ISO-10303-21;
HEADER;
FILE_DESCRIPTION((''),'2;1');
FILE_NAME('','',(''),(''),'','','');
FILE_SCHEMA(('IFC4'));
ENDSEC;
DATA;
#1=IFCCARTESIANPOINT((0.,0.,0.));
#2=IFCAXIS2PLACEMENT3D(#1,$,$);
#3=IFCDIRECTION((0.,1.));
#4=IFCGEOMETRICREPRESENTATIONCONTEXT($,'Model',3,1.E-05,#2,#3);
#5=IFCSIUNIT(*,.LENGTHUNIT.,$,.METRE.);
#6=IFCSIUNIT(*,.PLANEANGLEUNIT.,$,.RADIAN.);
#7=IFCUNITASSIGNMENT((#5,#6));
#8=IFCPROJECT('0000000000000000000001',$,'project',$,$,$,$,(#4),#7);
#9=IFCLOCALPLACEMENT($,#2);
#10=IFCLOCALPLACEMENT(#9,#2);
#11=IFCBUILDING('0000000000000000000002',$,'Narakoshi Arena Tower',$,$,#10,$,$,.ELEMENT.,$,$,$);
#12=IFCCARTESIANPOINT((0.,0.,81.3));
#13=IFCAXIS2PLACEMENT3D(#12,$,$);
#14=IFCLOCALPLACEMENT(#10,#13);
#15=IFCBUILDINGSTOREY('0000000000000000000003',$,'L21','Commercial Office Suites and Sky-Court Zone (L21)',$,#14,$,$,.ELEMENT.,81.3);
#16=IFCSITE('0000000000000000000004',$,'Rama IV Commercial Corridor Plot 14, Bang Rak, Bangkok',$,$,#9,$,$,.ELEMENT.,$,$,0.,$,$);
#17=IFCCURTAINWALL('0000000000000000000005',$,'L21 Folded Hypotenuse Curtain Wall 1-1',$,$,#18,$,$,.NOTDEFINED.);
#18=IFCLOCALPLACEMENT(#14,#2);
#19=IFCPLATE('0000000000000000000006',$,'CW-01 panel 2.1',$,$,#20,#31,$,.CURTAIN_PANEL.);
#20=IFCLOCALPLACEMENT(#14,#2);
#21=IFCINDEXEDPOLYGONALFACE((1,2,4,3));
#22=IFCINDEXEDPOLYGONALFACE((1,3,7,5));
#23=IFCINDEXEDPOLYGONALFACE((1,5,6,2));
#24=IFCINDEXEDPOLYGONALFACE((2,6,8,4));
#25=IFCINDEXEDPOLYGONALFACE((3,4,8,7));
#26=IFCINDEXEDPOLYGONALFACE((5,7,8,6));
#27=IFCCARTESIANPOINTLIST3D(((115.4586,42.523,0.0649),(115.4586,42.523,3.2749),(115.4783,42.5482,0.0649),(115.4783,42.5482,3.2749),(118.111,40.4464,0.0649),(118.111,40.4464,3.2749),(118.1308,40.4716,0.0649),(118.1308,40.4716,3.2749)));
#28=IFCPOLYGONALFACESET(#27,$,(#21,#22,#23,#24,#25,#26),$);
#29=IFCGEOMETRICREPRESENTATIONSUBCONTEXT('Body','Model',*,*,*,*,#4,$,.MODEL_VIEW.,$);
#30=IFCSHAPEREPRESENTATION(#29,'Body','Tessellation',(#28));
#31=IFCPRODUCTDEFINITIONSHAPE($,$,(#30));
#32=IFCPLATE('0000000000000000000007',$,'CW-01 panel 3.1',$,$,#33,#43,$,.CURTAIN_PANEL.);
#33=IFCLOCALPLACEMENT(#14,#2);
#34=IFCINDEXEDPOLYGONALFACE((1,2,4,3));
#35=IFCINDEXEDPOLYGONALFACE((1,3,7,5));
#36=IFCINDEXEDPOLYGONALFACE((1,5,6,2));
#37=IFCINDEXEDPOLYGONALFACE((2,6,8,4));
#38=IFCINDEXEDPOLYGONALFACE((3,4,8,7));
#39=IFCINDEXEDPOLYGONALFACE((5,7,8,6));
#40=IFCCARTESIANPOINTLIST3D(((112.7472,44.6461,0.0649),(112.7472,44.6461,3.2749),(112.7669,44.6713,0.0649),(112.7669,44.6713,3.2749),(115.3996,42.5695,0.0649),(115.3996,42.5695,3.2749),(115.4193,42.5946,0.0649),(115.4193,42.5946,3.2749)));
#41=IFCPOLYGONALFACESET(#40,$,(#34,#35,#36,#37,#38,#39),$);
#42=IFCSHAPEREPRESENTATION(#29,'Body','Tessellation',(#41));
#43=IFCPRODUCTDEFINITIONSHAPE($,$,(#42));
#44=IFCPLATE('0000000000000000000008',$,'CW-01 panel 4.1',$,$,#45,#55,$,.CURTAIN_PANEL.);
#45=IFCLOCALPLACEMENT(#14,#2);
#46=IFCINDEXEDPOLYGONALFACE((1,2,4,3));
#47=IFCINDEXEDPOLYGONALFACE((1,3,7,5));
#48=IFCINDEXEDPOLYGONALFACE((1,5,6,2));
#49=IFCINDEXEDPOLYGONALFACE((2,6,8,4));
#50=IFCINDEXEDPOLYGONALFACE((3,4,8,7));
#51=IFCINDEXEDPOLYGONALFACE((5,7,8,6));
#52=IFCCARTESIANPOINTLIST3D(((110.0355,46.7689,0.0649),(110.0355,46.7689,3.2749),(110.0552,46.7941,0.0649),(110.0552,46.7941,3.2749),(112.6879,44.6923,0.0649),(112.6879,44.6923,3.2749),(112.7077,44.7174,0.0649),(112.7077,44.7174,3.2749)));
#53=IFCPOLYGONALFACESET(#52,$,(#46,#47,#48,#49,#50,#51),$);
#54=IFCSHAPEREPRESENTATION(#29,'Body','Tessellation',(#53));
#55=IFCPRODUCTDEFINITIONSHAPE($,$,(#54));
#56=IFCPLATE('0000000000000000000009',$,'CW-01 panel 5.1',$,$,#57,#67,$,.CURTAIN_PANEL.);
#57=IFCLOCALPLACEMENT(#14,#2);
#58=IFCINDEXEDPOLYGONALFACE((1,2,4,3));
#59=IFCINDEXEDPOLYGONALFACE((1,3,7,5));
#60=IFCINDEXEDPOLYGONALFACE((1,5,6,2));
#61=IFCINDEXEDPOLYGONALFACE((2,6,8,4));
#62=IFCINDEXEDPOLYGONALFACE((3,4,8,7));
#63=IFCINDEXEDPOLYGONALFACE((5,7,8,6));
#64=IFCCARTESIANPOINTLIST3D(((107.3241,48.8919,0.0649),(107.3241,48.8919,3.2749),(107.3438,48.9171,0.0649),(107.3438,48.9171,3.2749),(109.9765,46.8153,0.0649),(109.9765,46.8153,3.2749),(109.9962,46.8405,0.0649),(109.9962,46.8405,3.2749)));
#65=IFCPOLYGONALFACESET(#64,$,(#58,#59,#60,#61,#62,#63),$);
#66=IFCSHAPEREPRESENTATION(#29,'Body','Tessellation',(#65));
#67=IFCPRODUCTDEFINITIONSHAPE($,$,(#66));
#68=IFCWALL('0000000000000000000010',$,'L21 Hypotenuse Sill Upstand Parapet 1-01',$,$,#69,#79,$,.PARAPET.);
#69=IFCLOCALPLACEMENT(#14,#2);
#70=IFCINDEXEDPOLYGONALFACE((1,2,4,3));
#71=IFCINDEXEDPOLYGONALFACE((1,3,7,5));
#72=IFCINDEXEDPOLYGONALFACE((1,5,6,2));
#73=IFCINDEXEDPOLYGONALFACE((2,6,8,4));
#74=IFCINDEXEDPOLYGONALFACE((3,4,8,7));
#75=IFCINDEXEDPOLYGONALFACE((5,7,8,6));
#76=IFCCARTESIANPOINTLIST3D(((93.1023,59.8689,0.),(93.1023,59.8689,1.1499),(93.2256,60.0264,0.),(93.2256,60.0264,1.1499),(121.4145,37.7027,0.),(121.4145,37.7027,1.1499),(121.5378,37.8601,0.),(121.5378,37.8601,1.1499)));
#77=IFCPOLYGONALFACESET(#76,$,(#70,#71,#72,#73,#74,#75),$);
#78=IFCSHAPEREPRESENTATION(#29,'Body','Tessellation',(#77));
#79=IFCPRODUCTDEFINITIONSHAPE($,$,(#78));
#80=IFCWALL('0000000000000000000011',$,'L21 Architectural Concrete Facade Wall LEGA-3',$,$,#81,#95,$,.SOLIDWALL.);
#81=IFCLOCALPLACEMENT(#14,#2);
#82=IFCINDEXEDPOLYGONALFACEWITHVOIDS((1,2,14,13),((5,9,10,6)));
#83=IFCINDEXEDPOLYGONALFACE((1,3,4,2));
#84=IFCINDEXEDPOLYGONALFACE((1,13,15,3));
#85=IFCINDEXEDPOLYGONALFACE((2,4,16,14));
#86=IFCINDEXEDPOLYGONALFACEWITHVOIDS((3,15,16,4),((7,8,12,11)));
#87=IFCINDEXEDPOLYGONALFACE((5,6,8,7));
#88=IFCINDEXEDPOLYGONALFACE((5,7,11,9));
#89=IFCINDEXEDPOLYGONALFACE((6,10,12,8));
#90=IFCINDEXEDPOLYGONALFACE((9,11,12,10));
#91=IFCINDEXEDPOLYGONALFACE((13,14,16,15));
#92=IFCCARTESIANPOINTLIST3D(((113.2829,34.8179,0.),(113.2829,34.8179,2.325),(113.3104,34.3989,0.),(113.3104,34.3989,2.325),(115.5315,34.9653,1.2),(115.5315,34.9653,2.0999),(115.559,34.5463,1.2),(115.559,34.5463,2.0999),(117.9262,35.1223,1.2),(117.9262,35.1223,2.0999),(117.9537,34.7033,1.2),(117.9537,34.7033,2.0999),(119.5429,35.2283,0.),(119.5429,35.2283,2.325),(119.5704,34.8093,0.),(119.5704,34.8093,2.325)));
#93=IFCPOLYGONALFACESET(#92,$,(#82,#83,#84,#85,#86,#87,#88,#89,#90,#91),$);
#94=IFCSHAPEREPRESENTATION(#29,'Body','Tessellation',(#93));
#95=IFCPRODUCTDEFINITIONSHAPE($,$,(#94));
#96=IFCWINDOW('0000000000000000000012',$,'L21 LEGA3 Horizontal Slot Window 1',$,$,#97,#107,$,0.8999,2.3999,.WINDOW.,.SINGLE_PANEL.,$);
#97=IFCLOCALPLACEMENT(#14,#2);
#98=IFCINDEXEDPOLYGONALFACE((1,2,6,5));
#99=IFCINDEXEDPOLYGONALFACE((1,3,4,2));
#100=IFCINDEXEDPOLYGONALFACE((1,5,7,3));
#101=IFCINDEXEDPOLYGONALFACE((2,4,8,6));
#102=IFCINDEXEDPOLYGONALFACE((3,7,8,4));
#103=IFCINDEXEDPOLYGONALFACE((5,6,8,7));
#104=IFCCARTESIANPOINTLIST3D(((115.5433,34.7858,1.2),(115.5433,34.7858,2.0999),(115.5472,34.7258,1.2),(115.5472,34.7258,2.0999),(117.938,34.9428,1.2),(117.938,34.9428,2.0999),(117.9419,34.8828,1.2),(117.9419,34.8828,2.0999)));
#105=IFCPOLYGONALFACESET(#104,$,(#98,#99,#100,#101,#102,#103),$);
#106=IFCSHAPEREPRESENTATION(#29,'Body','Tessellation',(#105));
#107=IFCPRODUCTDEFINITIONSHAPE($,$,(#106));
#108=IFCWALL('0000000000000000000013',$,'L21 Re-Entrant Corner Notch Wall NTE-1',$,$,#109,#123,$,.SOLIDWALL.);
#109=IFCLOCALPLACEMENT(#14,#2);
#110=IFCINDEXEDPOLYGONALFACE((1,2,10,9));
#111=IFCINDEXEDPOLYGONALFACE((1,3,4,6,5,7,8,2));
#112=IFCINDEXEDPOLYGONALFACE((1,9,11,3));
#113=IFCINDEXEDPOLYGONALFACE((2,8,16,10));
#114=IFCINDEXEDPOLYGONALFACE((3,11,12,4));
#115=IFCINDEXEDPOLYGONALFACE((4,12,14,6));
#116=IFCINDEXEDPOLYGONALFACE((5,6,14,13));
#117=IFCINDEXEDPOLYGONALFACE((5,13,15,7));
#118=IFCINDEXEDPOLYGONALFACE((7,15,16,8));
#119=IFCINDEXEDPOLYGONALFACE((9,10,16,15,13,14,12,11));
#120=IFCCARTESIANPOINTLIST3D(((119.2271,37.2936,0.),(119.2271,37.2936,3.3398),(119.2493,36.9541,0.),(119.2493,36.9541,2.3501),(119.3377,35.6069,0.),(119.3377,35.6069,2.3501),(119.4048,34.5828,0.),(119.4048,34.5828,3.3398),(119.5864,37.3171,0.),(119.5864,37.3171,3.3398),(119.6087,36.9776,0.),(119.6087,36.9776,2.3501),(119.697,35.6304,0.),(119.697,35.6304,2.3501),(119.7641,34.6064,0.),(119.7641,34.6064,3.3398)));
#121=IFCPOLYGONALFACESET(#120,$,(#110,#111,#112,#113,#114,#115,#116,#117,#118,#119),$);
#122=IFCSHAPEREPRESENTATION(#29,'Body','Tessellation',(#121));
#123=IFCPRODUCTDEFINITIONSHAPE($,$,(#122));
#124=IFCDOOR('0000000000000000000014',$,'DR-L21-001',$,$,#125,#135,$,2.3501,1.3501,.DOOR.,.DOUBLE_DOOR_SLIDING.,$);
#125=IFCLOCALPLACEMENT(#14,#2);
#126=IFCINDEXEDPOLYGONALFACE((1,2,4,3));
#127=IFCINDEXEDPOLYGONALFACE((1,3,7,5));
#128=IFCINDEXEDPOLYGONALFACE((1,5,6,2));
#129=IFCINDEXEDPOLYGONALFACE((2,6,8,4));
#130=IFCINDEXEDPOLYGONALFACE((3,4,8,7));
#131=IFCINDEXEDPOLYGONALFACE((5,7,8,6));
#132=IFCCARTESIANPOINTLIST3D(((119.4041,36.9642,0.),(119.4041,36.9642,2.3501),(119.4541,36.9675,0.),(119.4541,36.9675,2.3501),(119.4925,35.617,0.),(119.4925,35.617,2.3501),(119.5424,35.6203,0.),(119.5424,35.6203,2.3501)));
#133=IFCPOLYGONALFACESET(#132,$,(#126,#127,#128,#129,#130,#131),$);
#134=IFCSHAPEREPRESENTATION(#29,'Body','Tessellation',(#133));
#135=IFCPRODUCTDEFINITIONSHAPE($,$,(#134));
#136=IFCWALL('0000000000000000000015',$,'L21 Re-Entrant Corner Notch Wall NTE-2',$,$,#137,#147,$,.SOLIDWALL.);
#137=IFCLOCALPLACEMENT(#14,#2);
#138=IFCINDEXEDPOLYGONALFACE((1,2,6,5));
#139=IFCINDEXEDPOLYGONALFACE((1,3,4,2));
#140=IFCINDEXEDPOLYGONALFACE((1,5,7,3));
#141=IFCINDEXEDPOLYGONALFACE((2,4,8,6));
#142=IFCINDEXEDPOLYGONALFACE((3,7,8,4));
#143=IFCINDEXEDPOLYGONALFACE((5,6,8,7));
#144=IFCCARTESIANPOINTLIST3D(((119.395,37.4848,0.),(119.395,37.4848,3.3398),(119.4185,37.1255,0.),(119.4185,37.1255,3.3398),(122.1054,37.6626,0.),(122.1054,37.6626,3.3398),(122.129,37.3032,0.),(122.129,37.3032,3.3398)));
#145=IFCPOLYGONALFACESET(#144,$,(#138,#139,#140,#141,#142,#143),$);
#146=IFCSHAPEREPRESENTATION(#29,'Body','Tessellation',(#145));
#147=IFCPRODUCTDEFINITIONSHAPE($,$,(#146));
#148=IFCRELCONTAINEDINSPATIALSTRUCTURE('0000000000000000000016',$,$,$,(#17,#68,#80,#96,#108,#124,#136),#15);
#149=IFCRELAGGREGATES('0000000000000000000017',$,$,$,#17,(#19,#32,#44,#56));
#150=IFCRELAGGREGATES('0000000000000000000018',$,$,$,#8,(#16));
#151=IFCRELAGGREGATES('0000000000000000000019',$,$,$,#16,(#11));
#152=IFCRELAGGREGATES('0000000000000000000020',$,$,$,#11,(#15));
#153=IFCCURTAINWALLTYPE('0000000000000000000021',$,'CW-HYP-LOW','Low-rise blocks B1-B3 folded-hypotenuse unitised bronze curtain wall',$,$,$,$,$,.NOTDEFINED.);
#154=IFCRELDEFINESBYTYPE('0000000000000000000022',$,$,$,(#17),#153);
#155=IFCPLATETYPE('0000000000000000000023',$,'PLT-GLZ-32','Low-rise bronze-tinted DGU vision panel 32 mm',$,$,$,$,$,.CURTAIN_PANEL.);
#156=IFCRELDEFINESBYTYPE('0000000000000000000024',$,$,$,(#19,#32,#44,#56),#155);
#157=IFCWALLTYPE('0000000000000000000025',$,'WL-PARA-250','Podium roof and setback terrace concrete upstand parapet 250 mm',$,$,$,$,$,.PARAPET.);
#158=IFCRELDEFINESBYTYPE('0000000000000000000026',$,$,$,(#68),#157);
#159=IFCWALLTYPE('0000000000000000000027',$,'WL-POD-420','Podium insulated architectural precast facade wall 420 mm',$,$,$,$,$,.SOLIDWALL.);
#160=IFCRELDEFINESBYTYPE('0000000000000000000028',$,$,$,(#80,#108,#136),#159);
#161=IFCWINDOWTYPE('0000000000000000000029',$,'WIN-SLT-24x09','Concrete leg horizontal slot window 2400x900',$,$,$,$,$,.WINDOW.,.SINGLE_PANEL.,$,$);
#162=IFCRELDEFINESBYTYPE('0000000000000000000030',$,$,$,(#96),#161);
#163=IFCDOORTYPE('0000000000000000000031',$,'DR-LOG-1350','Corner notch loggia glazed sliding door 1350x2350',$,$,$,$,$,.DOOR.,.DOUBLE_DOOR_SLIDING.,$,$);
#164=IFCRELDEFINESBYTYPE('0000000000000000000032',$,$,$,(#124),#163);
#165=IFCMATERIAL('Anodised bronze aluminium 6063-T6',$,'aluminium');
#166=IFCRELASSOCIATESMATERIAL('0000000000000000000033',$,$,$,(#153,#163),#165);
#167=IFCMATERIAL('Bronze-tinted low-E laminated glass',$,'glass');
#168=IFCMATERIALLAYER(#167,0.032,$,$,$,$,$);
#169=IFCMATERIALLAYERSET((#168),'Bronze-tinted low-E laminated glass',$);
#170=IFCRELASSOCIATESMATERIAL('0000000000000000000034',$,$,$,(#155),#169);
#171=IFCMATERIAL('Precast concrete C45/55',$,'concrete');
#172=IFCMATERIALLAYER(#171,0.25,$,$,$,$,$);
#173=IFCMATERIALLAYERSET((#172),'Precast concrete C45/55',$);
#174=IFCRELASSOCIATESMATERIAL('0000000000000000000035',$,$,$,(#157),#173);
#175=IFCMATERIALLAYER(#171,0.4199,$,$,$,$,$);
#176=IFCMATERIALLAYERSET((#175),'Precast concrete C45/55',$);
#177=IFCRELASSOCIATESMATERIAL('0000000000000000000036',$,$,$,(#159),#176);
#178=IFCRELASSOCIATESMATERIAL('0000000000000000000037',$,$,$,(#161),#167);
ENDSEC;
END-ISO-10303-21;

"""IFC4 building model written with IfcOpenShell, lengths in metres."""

from ifc_helpers import new_model, si_unit, direction, frame, frame_2d, origin, origin_2d, place, context, subcontext, project, spatial, rectangle, extrude, material, layer, layer_set, type_object, element, fill, aggregate, save


model = new_model("IFC4")

# Units and contexts
model_context = context("Model", 3, precision=1e-05, world=origin(), true_north=direction((0.0, 1.0)))
body_context = subcontext(model_context, "Body", "Model", "MODEL_VIEW")
ifc_project = project(units=[si_unit("LENGTHUNIT", "METRE"), si_unit("PLANEANGLEUNIT", "RADIAN")], contexts=[model_context])

# Site, building, storey
site_placement = place(None, origin())
site = spatial("IfcSite", under=ifc_project, at=site_placement, Name="Rama IV Commercial Corridor Plot 14, Bang Rak, Bangkok", CompositionType="ELEMENT", RefElevation=0.0)
building_placement = place(site_placement, origin())
building = spatial("IfcBuilding", under=site, at=building_placement, Name="Narakoshi Arena Tower", CompositionType="ELEMENT")
storey_placement = place(building_placement, frame((0.0, 0.0, 81.3)))
storey = spatial("IfcBuildingStorey", under=building, at=storey_placement, Name="L21", Description="Commercial Office Suites and Sky-Court Zone (L21)", CompositionType="ELEMENT", Elevation=81.3)

# Curtain wall, plates
ifc_material_1 = material(Name="Anodised bronze aluminium 6063-T6", Category="aluminium")
curtain_wall_type = type_object("IfcCurtainWallType", Name="CW-HYP-LOW", Description="Low-rise blocks B1-B3 folded-hypotenuse unitised bronze curtain wall", PredefinedType="NOTDEFINED", material=ifc_material_1)
curtain_wall_placement = place(storey_placement, origin())
curtain_wall = element("IfcCurtainWall", 1, at=curtain_wall_placement, inside=storey, type_object=curtain_wall_type, Name="L21 Folded Hypotenuse Curtain Wall 1-1", PredefinedType="NOTDEFINED")
ifc_material_2 = material(Name="Bronze-tinted low-E laminated glass", Category="glass")
ifc_layer_1 = layer(ifc_material_2, 0.032)
ifc_layer_set_1 = layer_set([ifc_layer_1], Name="Bronze-tinted low-E laminated glass")
plate_type = type_object("IfcPlateType", Name="PLT-GLZ-32", Description="Low-rise bronze-tinted DGU vision panel 32 mm", PredefinedType="CURTAIN_PANEL", material=ifc_layer_set_1)
plate_1_placement = place(storey_placement, frame((116.7947, 41.4973, 0.0649), z_axis=(0.0, 0.0, 1.0), x_axis=(-0.787388, 0.616458, 0.0)))
plate_1 = element("IfcPlate", 2, at=plate_1_placement, type_object=plate_type, Name="CW-01 panel 2.1", PredefinedType="CURTAIN_PANEL", context=body_context, shape_type="SweptSolid", body=[
    extrude(rectangle(XDim=3.3687, YDim=0.032, at=origin_2d()), origin(), (0.0, 0.0, 1.0), 3.21),
])
plate_2_placement = place(storey_placement, frame((114.0833, 43.6204, 0.0649), z_axis=(0.0, 0.0, 1.0), x_axis=(-0.787388, 0.616458, 0.0)))
plate_2 = element("IfcPlate", 3, at=plate_2_placement, type_object=plate_type, Name="CW-01 panel 3.1", PredefinedType="CURTAIN_PANEL", context=body_context, shape_type="SweptSolid", body=[
    extrude(rectangle(XDim=3.3687, YDim=0.032, at=origin_2d()), origin(), (0.0, 0.0, 1.0), 3.21),
])
plate_3_placement = place(storey_placement, frame((111.3716, 45.7432, 0.0649), z_axis=(0.0, 0.0, 1.0), x_axis=(-0.787388, 0.616458, 0.0)))
plate_3 = element("IfcPlate", 4, at=plate_3_placement, type_object=plate_type, Name="CW-01 panel 4.1", PredefinedType="CURTAIN_PANEL", context=body_context, shape_type="SweptSolid", body=[
    extrude(rectangle(XDim=3.3687, YDim=0.032, at=origin_2d()), origin(), (0.0, 0.0, 1.0), 3.21),
])
plate_4_placement = place(storey_placement, frame((108.6602, 47.8662, 0.0649), z_axis=(0.0, 0.0, 1.0), x_axis=(-0.787388, 0.616458, 0.0)))
plate_4 = element("IfcPlate", 5, at=plate_4_placement, type_object=plate_type, Name="CW-01 panel 5.1", PredefinedType="CURTAIN_PANEL", context=body_context, shape_type="SweptSolid", body=[
    extrude(rectangle(XDim=3.3687, YDim=0.032, at=origin_2d()), origin(), (0.0, 0.0, 1.0), 3.21),
])
aggregate(curtain_wall, [plate_1, plate_2, plate_3, plate_4])

# Wall
ifc_material_3 = material(Name="Precast concrete C45/55", Category="concrete")
ifc_layer_2 = layer(ifc_material_3, 0.25)
ifc_layer_set_2 = layer_set([ifc_layer_2], Name="Precast concrete C45/55")
wall_type_1 = type_object("IfcWallType", Name="WL-PARA-250", Description="Podium roof and setback terrace concrete upstand parapet 250 mm", PredefinedType="PARAPET", material=ifc_layer_set_2)
wall_1_placement = place(storey_placement, frame((121.4761, 37.7815, 0.0), z_axis=(0.0, 0.0, 1.0), x_axis=(-0.787386, 0.616461, 0.0)))
element("IfcWall", 6, at=wall_1_placement, inside=storey, type_object=wall_type_1, Name="L21 Hypotenuse Sill Upstand Parapet 1-01", PredefinedType="PARAPET", context=body_context, shape_type="SweptSolid", body=[
    extrude(rectangle(XDim=35.9573, YDim=0.2, at=frame_2d((17.9785, 0.0))), origin(), (0.0, 0.0, 1.0), 1.1499),
])

# Wall, opening, window
ifc_layer_3 = layer(ifc_material_3, 0.4199)
ifc_layer_set_3 = layer_set([ifc_layer_3], Name="Precast concrete C45/55")
wall_type_2 = type_object("IfcWallType", Name="WL-POD-420", Description="Podium insulated architectural precast facade wall 420 mm", PredefinedType="SOLIDWALL", material=ifc_layer_set_3)
wall_2_placement = place(storey_placement, frame((113.2966, 34.6084, 0.0), z_axis=(0.0, 0.0, 1.0), x_axis=(0.997858, 0.065419, 0.0)))
wall_2 = element("IfcWall", 7, at=wall_2_placement, inside=storey, type_object=wall_type_2, Name="L21 Architectural Concrete Facade Wall LEGA-3", PredefinedType="SOLIDWALL", context=body_context, shape_type="SweptSolid", body=[
    extrude(rectangle(XDim=6.2734, YDim=0.4199, at=frame_2d((3.1367, 0.0))), origin(), (0.0, 0.0, 1.0), 2.325),
])
opening_1_placement = place(wall_2_placement, frame((2.2534, 0.0, 1.2)))
opening_1 = element("IfcOpeningElement", 8, at=opening_1_placement, cuts=wall_2, PredefinedType="OPENING", context=body_context, shape_type="SweptSolid", body=[
    extrude(rectangle(XDim=2.3999, YDim=0.8999, at=frame_2d((1.2, 0.45))), frame((0.0, 0.22, 0.0), z_axis=(0.0, -1.0, 0.0), x_axis=(1.0, 0.0, 0.0)), (0.0, 0.0, 1.0), 0.4399),
])
window_type = type_object("IfcWindowType", Name="WIN-SLT-24x09", Description="Concrete leg horizontal slot window 2400x900", PartitioningType="SINGLE_PANEL", PredefinedType="WINDOW", material=ifc_material_2)
window_placement = place(opening_1_placement, origin())
window = element("IfcWindow", 9, at=window_placement, inside=storey, type_object=window_type, Name="L21 LEGA3 Horizontal Slot Window 1", OverallHeight=0.8999, OverallWidth=2.3999, PartitioningType="SINGLE_PANEL", PredefinedType="WINDOW", context=body_context, shape_type="SweptSolid", body=[
    extrude(rectangle(XDim=2.3999, YDim=0.8999, at=frame_2d((1.2, 0.45))), frame((0.0, 0.03, 0.0), z_axis=(0.0, -1.0, 0.0), x_axis=(1.0, 0.0, 0.0)), (0.0, 0.0, 1.0), 0.0601),
])
fill(opening_1, window)

# Wall, opening, door
wall_3_placement = place(storey_placement, frame((119.5845, 34.5945, 0.0), z_axis=(0.0, 0.0, 1.0), x_axis=(-0.065427, 0.997857, 0.0)))
wall_3 = element("IfcWall", 10, at=wall_3_placement, inside=storey, type_object=wall_type_2, Name="L21 Re-Entrant Corner Notch Wall NTE-1", PredefinedType="SOLIDWALL", context=body_context, shape_type="SweptSolid", body=[
    extrude(rectangle(XDim=2.7166, YDim=0.3601, at=frame_2d((1.3584, 0.0))), origin(), (0.0, 0.0, 1.0), 3.3398),
])
opening_2_placement = place(wall_3_placement, frame((1.0264, 0.0, 0.0)))
opening_2 = element("IfcOpeningElement", 11, at=opening_2_placement, cuts=wall_3, PredefinedType="OPENING", context=body_context, shape_type="SweptSolid", body=[
    extrude(rectangle(XDim=1.3501, YDim=2.3501, at=frame_2d((0.675, 1.175))), frame((0.0, 0.1899, 0.0), z_axis=(0.0, -1.0, 0.0), x_axis=(1.0, 0.0, 0.0)), (0.0, 0.0, 1.0), 0.3801),
])
door_type = type_object("IfcDoorType", Name="DR-LOG-1350", Description="Corner notch loggia glazed sliding door 1350x2350", OperationType="DOUBLE_DOOR_SLIDING", PredefinedType="DOOR", material=ifc_material_1)
door_placement = place(opening_2_placement, origin())
door = element("IfcDoor", 12, at=door_placement, inside=storey, type_object=door_type, Name="DR-L21-001", OperationType="DOUBLE_DOOR_SLIDING", OverallHeight=2.3501, OverallWidth=1.3501, PredefinedType="DOOR", context=body_context, shape_type="SweptSolid", body=[
    extrude(rectangle(XDim=1.3501, YDim=2.3501, at=frame_2d((0.675, 1.175))), frame((0.0, 0.0249, 0.0), z_axis=(0.0, -1.0, 0.0), x_axis=(1.0, 0.0, 0.0)), (0.0, 0.0, 1.0), 0.05),
])
fill(opening_2, door)

# Wall
wall_4_placement = place(storey_placement, frame((119.4067, 37.3052, 0.0), z_axis=(0.0, 0.0, 1.0), x_axis=(0.997857, 0.065433, 0.0)))
element("IfcWall", 13, at=wall_4_placement, inside=storey, type_object=wall_type_2, Name="L21 Re-Entrant Corner Notch Wall NTE-2", PredefinedType="SOLIDWALL", context=body_context, shape_type="SweptSolid", body=[
    extrude(rectangle(XDim=2.7163, YDim=0.3601, at=frame_2d((1.3582, 0.0))), origin(), (0.0, 0.0, 1.0), 3.3398),
])

save(model, "model.ifc")
